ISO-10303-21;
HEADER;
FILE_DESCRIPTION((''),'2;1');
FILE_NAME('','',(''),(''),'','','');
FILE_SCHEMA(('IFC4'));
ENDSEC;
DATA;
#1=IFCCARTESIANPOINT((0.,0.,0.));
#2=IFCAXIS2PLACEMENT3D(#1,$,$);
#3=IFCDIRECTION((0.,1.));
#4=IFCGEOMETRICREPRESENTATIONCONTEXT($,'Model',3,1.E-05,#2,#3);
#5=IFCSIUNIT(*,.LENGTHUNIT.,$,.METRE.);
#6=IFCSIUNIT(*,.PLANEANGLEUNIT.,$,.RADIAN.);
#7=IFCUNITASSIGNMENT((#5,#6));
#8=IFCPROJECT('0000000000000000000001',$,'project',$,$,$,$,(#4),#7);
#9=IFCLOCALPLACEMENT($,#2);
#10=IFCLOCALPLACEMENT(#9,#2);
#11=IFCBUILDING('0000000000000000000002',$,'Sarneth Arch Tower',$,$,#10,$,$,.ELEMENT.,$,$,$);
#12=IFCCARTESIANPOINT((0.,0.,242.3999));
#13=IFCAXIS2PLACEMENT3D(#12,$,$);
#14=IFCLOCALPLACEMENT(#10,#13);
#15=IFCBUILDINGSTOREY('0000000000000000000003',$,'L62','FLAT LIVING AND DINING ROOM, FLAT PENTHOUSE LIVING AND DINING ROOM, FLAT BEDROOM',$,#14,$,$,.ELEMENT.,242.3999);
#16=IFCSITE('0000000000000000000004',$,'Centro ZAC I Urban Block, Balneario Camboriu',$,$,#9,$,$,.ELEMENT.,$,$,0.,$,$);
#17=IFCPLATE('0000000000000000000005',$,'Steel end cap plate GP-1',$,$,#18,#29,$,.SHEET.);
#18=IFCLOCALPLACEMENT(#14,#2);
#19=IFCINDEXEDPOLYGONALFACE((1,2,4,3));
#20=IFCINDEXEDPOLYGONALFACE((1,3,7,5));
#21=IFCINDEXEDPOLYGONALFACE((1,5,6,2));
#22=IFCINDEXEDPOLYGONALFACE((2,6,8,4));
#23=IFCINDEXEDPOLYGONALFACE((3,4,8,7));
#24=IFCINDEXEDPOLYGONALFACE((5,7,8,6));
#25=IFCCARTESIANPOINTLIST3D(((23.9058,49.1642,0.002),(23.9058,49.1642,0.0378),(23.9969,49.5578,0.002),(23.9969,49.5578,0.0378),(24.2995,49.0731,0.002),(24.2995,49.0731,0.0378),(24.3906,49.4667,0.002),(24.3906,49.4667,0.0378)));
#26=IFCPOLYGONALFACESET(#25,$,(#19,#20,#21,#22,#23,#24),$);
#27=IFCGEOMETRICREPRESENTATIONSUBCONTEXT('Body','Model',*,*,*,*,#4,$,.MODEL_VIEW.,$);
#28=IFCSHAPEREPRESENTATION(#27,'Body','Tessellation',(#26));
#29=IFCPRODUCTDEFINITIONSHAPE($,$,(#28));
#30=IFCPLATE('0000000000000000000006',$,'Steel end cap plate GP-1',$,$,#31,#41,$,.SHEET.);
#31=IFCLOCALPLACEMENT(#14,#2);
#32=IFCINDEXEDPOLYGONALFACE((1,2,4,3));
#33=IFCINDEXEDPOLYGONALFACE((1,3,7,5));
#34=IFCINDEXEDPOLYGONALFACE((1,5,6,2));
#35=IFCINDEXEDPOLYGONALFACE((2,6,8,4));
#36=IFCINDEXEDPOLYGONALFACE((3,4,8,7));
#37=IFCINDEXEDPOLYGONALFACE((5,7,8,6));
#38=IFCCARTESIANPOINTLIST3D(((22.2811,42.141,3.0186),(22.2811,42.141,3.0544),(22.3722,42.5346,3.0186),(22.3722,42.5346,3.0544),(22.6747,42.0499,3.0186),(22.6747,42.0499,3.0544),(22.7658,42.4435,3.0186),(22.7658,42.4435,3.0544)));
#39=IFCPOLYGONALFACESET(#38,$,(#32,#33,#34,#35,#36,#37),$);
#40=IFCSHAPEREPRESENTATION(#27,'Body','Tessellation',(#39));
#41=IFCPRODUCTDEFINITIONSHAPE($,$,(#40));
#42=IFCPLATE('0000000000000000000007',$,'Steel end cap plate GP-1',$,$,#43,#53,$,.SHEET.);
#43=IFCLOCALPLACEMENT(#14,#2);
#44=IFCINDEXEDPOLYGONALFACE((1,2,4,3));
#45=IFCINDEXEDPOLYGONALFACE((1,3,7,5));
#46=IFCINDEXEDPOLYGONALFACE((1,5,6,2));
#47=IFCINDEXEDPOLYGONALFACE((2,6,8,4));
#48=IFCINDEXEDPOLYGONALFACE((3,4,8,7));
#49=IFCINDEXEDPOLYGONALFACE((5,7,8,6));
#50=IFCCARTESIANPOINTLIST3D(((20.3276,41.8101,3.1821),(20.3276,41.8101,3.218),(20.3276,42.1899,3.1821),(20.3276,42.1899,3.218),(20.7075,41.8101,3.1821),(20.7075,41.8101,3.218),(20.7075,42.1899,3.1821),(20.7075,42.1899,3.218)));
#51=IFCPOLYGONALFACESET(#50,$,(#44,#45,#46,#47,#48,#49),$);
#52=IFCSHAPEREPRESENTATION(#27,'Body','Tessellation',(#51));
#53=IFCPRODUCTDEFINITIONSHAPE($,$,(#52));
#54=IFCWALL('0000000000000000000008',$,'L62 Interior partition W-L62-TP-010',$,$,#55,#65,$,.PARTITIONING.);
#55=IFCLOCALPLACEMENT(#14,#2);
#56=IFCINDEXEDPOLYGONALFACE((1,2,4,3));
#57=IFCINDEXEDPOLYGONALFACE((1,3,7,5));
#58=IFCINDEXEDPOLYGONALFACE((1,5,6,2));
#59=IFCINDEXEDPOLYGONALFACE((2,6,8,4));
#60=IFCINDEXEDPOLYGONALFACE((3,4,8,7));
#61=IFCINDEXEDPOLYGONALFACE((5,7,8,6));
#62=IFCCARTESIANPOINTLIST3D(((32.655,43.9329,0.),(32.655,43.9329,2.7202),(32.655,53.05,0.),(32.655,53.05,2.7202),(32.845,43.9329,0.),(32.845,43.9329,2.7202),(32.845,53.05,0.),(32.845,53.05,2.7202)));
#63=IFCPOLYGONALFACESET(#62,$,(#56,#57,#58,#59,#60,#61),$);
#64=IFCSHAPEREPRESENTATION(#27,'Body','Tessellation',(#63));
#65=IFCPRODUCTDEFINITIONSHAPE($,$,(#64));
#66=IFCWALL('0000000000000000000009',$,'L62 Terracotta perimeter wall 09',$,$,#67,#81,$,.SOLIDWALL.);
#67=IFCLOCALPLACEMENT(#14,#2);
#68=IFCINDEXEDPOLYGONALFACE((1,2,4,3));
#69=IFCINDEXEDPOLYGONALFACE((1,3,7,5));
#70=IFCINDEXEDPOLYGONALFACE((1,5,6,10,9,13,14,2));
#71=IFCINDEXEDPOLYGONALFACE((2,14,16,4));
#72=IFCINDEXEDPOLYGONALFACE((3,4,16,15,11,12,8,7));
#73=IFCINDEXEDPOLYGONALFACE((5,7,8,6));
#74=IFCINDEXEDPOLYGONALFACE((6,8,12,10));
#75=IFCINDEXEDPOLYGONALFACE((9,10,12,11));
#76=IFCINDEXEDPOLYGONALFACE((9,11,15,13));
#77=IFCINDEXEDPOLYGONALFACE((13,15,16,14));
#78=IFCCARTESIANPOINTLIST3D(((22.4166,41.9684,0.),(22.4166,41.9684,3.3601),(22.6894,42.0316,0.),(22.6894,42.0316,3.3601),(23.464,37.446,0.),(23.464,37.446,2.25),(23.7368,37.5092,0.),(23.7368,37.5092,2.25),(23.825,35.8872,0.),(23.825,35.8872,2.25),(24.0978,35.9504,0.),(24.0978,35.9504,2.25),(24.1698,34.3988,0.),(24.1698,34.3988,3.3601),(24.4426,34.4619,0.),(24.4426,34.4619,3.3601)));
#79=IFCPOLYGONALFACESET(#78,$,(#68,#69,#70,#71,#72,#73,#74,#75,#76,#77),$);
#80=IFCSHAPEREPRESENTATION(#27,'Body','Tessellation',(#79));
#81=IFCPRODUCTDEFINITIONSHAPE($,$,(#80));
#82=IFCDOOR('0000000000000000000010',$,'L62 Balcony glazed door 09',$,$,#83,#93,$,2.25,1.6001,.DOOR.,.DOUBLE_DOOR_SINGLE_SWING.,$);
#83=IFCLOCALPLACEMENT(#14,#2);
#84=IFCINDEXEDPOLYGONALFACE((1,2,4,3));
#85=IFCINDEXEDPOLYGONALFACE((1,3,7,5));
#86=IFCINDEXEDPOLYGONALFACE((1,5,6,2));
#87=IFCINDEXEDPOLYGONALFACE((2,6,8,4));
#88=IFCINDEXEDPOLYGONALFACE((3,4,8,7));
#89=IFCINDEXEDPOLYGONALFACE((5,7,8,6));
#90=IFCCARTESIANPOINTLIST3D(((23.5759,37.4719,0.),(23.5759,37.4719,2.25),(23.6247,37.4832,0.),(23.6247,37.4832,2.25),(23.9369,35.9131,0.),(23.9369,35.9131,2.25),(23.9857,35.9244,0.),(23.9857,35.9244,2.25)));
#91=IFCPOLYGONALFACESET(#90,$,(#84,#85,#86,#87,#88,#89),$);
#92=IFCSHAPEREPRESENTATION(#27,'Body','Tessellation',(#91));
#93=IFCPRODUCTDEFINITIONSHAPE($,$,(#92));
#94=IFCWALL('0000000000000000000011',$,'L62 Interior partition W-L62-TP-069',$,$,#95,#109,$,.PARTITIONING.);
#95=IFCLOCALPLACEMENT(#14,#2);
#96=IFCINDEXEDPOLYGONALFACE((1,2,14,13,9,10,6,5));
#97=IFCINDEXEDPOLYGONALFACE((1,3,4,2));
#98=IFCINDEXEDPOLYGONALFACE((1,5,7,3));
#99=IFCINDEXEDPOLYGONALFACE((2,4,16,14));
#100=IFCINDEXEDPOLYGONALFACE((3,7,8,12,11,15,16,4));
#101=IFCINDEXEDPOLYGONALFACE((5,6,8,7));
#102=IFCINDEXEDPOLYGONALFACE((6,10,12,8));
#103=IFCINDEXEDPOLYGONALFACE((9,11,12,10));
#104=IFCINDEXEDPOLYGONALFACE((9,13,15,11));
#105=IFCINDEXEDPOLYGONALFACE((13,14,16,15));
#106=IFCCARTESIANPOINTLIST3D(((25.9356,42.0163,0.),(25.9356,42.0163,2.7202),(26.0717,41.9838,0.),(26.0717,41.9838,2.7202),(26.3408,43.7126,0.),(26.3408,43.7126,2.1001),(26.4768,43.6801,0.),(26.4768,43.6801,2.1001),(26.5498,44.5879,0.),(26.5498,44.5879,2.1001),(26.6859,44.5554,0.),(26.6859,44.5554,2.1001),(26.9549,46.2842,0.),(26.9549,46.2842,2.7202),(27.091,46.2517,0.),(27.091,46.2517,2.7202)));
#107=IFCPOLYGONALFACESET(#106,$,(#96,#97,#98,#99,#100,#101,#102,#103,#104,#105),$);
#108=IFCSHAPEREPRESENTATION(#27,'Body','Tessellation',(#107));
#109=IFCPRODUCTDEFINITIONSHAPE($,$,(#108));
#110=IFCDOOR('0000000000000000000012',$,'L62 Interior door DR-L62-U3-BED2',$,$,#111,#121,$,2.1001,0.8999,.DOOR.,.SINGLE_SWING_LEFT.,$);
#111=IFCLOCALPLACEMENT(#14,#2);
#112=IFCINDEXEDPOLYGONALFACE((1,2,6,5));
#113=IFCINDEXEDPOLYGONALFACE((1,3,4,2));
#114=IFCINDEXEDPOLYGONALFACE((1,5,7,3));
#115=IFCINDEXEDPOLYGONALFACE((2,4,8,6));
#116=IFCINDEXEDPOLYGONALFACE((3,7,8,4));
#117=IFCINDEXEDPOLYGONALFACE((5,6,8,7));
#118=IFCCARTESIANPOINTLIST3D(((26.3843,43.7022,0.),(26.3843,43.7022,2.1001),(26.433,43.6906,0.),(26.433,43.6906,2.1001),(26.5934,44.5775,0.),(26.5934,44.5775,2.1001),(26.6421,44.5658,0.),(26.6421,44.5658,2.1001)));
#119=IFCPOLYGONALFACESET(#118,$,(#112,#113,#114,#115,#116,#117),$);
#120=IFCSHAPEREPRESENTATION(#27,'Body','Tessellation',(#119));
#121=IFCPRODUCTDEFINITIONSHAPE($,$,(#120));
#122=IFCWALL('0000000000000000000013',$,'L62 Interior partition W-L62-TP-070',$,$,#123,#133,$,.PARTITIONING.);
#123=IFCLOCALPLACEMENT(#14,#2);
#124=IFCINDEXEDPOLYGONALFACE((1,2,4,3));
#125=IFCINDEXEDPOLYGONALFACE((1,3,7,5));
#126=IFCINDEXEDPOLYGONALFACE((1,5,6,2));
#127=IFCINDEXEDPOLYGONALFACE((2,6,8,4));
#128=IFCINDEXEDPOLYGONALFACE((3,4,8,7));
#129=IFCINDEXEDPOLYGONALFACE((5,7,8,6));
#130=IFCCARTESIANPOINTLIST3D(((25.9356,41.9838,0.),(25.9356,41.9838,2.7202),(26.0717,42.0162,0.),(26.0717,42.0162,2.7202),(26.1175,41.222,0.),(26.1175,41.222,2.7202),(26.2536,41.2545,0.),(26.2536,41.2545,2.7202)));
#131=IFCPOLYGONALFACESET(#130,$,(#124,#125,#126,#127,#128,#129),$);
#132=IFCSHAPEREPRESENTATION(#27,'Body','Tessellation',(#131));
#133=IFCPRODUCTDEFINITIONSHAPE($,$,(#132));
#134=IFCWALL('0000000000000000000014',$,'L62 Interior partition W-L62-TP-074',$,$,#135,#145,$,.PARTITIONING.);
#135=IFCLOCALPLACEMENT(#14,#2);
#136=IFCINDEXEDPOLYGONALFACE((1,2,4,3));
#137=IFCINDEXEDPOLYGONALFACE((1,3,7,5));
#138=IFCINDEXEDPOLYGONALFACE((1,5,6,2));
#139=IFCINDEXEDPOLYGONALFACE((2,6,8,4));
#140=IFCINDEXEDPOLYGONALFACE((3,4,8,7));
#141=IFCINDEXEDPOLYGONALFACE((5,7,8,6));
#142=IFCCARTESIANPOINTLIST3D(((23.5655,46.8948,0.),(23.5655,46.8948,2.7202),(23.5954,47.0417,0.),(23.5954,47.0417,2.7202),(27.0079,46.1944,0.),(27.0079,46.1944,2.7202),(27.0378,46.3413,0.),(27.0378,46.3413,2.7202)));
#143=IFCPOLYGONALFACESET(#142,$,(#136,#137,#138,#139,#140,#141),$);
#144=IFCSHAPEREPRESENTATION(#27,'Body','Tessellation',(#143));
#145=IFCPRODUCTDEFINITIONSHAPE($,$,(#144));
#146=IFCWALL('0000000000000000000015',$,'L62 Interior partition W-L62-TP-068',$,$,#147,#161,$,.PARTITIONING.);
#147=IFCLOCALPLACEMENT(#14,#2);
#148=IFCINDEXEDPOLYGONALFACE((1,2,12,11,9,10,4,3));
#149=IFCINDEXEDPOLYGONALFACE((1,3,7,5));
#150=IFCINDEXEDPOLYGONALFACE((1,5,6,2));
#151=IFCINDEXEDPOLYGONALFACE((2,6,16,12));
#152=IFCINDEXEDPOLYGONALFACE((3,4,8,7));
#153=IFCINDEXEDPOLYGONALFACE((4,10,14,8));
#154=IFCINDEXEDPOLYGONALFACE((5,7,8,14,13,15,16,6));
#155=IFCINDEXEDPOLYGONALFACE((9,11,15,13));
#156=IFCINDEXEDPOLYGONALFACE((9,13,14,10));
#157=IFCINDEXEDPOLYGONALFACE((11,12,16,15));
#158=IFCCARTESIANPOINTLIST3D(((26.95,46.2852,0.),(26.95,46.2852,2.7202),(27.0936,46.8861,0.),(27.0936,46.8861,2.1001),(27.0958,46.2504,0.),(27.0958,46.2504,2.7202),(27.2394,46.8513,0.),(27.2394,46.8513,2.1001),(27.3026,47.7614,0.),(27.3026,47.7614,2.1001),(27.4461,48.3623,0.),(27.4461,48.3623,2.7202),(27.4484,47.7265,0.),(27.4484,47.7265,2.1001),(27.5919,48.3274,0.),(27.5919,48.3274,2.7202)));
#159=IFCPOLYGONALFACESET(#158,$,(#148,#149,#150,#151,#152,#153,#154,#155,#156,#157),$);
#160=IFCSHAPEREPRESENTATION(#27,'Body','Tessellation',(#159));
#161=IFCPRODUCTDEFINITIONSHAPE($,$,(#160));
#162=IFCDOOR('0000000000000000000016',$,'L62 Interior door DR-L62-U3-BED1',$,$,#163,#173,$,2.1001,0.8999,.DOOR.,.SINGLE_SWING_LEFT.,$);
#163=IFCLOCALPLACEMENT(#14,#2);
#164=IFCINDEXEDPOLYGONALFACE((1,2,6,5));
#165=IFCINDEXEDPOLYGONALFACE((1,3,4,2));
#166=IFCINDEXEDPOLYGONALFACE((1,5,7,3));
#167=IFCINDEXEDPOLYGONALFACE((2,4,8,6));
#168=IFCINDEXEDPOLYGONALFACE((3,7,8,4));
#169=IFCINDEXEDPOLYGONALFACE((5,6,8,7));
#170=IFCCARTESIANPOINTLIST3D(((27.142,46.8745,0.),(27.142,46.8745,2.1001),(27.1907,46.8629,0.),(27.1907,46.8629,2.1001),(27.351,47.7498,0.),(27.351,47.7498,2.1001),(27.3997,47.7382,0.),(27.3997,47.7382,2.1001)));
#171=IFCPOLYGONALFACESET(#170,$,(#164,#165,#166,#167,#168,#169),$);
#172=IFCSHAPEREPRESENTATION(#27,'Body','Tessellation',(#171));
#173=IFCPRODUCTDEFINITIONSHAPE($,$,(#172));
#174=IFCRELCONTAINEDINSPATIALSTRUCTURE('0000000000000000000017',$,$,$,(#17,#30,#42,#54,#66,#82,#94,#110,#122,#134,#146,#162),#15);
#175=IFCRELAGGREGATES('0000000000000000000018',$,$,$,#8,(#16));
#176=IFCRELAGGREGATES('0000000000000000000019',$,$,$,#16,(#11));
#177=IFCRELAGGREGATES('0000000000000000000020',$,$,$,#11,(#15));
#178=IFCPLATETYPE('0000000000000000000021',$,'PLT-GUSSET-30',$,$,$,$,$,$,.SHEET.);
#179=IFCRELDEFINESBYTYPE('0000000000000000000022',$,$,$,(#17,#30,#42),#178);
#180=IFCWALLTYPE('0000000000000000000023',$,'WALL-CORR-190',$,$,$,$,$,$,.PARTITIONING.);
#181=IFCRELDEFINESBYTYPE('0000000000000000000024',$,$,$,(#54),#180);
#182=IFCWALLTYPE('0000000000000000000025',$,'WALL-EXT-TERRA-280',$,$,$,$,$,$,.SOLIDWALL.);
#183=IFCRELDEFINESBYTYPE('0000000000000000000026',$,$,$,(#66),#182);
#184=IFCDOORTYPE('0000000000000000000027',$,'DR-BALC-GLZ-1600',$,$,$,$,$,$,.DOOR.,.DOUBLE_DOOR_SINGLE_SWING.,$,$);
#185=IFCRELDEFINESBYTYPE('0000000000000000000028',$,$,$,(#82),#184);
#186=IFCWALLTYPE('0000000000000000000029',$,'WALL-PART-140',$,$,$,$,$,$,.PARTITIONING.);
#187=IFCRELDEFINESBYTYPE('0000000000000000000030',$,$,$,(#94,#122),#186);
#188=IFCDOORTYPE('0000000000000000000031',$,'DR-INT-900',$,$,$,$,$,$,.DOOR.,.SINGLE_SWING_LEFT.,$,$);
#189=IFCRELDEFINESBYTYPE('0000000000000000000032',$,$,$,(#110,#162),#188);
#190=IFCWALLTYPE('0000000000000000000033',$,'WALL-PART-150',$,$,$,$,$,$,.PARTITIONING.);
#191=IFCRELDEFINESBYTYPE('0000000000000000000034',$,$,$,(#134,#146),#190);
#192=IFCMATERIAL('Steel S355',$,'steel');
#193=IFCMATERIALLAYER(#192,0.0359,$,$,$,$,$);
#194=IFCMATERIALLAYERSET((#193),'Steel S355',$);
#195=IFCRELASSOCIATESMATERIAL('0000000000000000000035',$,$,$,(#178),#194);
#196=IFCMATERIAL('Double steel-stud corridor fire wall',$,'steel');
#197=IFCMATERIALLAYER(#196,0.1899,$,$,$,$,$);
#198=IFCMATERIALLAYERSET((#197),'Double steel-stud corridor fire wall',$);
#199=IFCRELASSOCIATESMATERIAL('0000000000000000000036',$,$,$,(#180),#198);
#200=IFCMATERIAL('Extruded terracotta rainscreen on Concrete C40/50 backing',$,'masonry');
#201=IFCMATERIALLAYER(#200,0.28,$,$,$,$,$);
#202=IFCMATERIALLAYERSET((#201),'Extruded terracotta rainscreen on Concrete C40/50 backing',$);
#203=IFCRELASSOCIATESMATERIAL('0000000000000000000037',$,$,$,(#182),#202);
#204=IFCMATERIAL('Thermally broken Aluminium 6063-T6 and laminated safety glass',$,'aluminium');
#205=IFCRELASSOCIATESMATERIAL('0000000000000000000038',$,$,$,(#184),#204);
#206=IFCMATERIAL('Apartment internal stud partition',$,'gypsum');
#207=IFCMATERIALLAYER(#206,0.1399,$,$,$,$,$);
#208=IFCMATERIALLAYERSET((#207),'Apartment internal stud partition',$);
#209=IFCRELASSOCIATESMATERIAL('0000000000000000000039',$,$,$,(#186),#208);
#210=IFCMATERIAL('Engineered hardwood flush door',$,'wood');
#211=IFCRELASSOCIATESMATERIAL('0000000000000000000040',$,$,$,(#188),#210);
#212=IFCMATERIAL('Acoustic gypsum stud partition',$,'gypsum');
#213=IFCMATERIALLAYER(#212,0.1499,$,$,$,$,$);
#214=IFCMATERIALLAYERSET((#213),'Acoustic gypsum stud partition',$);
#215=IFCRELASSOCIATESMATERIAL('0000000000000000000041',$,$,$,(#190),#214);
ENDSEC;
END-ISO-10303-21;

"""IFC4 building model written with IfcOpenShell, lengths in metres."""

from ifc_helpers import new_model, si_unit, direction, frame, frame_2d, origin, origin_2d, place, context, subcontext, project, spatial, rectangle, extrude, material, layer, layer_set, type_object, element, fill, save


model = new_model("IFC4")

# Units and contexts
model_context = context("Model", 3, precision=1e-05, world=origin(), true_north=direction((0.0, 1.0)))
body_context = subcontext(model_context, "Body", "Model", "MODEL_VIEW")
ifc_project = project(units=[si_unit("LENGTHUNIT", "METRE"), si_unit("PLANEANGLEUNIT", "RADIAN")], contexts=[model_context])

# Site, building, storey
site_placement = place(None, origin())
site = spatial("IfcSite", under=ifc_project, at=site_placement, Name="Centro ZAC I Urban Block, Balneario Camboriu", CompositionType="ELEMENT", RefElevation=0.0)
building_placement = place(site_placement, origin())
building = spatial("IfcBuilding", under=site, at=building_placement, Name="Sarneth Arch Tower", CompositionType="ELEMENT")
storey_placement = place(building_placement, frame((0.0, 0.0, 242.3999)))
storey = spatial("IfcBuildingStorey", under=building, at=storey_placement, Name="L62", Description="FLAT LIVING AND DINING ROOM, FLAT PENTHOUSE LIVING AND DINING ROOM, FLAT BEDROOM", CompositionType="ELEMENT", Elevation=242.3999)

# Plates
ifc_material_1 = material(Name="Steel S355", Category="steel")
ifc_layer_1 = layer(ifc_material_1, 0.0359)
ifc_layer_set_1 = layer_set([ifc_layer_1], Name="Steel S355")
plate_type = type_object("IfcPlateType", Name="PLT-GUSSET-30", PredefinedType="SHEET", material=ifc_layer_set_1)
for number, where, z_axis, x_axis, name in (
    (1, (24.1482, 49.3154, 0.002), (0.0, 0.0, 1.0), (-0.225461, -0.974252, 0.0), "Steel end cap plate GP-1"),
    (2, (22.5234, 42.2922, 3.0186), (0.0, 0.0, 1.0), (-0.225461, -0.974252, 0.0), "Steel end cap plate GP-1"),
):
    element("IfcPlate", number, at=place(storey_placement, frame(where, z_axis=z_axis, x_axis=x_axis)), inside=storey, type_object=plate_type, Name=name, PredefinedType="SHEET", context=body_context, shape_type="SweptSolid", body=[
        extrude(rectangle(XDim=0.4041, YDim=0.4041, at=origin_2d()), origin(), (0.0, 0.0, 1.0), 0.0359),
    ])
plate_placement = place(storey_placement, frame((20.5176, 42.0, 3.1821), z_axis=(0.0, 0.0, 1.0), x_axis=(-1.0, 0.0, 0.0)))
element("IfcPlate", 3, at=plate_placement, inside=storey, type_object=plate_type, Name="Steel end cap plate GP-1", PredefinedType="SHEET", context=body_context, shape_type="SweptSolid", body=[
    extrude(rectangle(XDim=0.3799, YDim=0.3799, at=origin_2d()), origin(), (0.0, 0.0, 1.0), 0.0359),
])

# Wall
ifc_material_2 = material(Name="Double steel-stud corridor fire wall", Category="steel")
ifc_layer_2 = layer(ifc_material_2, 0.1899)
ifc_layer_set_2 = layer_set([ifc_layer_2], Name="Double steel-stud corridor fire wall")
wall_type_1 = type_object("IfcWallType", Name="WALL-CORR-190", PredefinedType="PARTITIONING", material=ifc_layer_set_2)
wall_1_placement = place(storey_placement, frame((32.75, 43.9329, 0.0), z_axis=(0.0, 0.0, 1.0), x_axis=(0.0, 1.0, 0.0)))
element("IfcWall", 4, at=wall_1_placement, inside=storey, type_object=wall_type_1, Name="L62 Interior partition W-L62-TP-010", PredefinedType="PARTITIONING", context=body_context, shape_type="SweptSolid", body=[
    extrude(rectangle(XDim=9.1172, YDim=0.1899, at=frame_2d((4.5586, 0.0))), origin(), (0.0, 0.0, 1.0), 2.7202),
])

# Walls, openings, doors
ifc_material_3 = material(Name="Extruded terracotta rainscreen on Concrete C40/50 backing", Category="masonry")
ifc_layer_3 = layer(ifc_material_3, 0.28)
ifc_layer_set_3 = layer_set([ifc_layer_3], Name="Extruded terracotta rainscreen on Concrete C40/50 backing")
wall_type_2 = type_object("IfcWallType", Name="WALL-EXT-TERRA-280", PredefinedType="SOLIDWALL", material=ifc_layer_set_3)
wall_2_placement = place(storey_placement, frame((22.553, 42.0, 0.0), z_axis=(0.0, 0.0, 1.0), x_axis=(0.225635, -0.974212, 0.0)))
wall_2 = element("IfcWall", 5, at=wall_2_placement, inside=storey, type_object=wall_type_2, Name="L62 Terracotta perimeter wall 09", PredefinedType="SOLIDWALL", context=body_context, shape_type="SweptSolid", body=[
    extrude(rectangle(XDim=7.77, YDim=0.28, at=frame_2d((3.885, 0.0))), origin(), (0.0, 0.0, 1.0), 3.3601),
])
opening_1_placement = place(wall_2_placement, frame((4.6421, 0.0, 0.0)))
opening_1 = element("IfcOpeningElement", 6, at=opening_1_placement, cuts=wall_2, PredefinedType="OPENING", context=body_context, shape_type="SweptSolid", body=[
    extrude(rectangle(XDim=1.6001, YDim=2.25, at=frame_2d((0.8, 1.125))), frame((0.0, 0.1499, 0.0), z_axis=(0.0, -1.0, 0.0), x_axis=(1.0, 0.0, 0.0)), (0.0, 0.0, 1.0), 0.3),
])
ifc_material_4 = material(Name="Thermally broken Aluminium 6063-T6 and laminated safety glass", Category="aluminium")
door_type_1 = type_object("IfcDoorType", Name="DR-BALC-GLZ-1600", OperationType="DOUBLE_DOOR_SINGLE_SWING", PredefinedType="DOOR", material=ifc_material_4)
door_1_placement = place(opening_1_placement, origin())
door_1 = element("IfcDoor", 7, at=door_1_placement, inside=storey, type_object=door_type_1, Name="L62 Balcony glazed door 09", OperationType="DOUBLE_DOOR_SINGLE_SWING", OverallHeight=2.25, OverallWidth=1.6001, PredefinedType="DOOR", context=body_context, shape_type="SweptSolid", body=[
    extrude(rectangle(XDim=1.6001, YDim=2.25, at=frame_2d((0.8, 1.125))), frame((0.0, 0.0249, 0.0), z_axis=(0.0, -1.0, 0.0), x_axis=(1.0, 0.0, 0.0)), (0.0, 0.0, 1.0), 0.05),
])
fill(opening_1, door_1)
ifc_material_5 = material(Name="Apartment internal stud partition", Category="gypsum")
ifc_layer_4 = layer(ifc_material_5, 0.1399)
ifc_layer_set_4 = layer_set([ifc_layer_4], Name="Apartment internal stud partition")
wall_type_3 = type_object("IfcWallType", Name="WALL-PART-140", PredefinedType="PARTITIONING", material=ifc_layer_set_4)
wall_3_placement = place(storey_placement, frame((27.0229, 46.2678, 0.0), z_axis=(0.0, 0.0, 1.0), x_axis=(-0.232297, -0.972645, 0.0)))
wall_3 = element("IfcWall", 8, at=wall_3_placement, inside=storey, type_object=wall_type_3, Name="L62 Interior partition W-L62-TP-069", PredefinedType="PARTITIONING", context=body_context, shape_type="SweptSolid", body=[
    extrude(rectangle(XDim=4.3879, YDim=0.1399, at=frame_2d((2.1938, 0.0))), origin(), (0.0, 0.0, 1.0), 2.7202),
])
opening_2_placement = place(wall_3_placement, frame((1.7439, 0.0, 0.0)))
opening_2 = element("IfcOpeningElement", 9, at=opening_2_placement, cuts=wall_3, PredefinedType="OPENING", context=body_context, shape_type="SweptSolid", body=[
    extrude(rectangle(XDim=0.8999, YDim=2.1001, at=frame_2d((0.45, 1.05))), frame((0.0, 0.0798, 0.0), z_axis=(0.0, -1.0, 0.0), x_axis=(1.0, 0.0, 0.0)), (0.0, 0.0, 1.0), 0.1599),
])
ifc_material_6 = material(Name="Engineered hardwood flush door", Category="wood")
door_type_2 = type_object("IfcDoorType", Name="DR-INT-900", OperationType="SINGLE_SWING_LEFT", PredefinedType="DOOR", material=ifc_material_6)
door_2_placement = place(opening_2_placement, origin())
door_2 = element("IfcDoor", 10, at=door_2_placement, inside=storey, type_object=door_type_2, Name="L62 Interior door DR-L62-U3-BED2", OperationType="SINGLE_SWING_LEFT", OverallHeight=2.1001, OverallWidth=0.8999, PredefinedType="DOOR", context=body_context, shape_type="SweptSolid", body=[
    extrude(rectangle(XDim=0.8999, YDim=2.1001, at=frame_2d((0.45, 1.05))), frame((0.0, 0.0249, 0.0), z_axis=(0.0, -1.0, 0.0), x_axis=(1.0, 0.0, 0.0)), (0.0, 0.0, 1.0), 0.05),
])
fill(opening_2, door_2)

# Walls
wall_4_placement = place(storey_placement, frame((26.0037, 42.0, 0.0), z_axis=(0.0, 0.0, 1.0), x_axis=(0.232253, -0.972655, 0.0)))
element("IfcWall", 11, at=wall_4_placement, inside=storey, type_object=wall_type_3, Name="L62 Interior partition W-L62-TP-070", PredefinedType="PARTITIONING", context=body_context, shape_type="SweptSolid", body=[
    extrude(rectangle(XDim=0.7832, YDim=0.1399, at=frame_2d((0.3916, 0.0))), origin(), (0.0, 0.0, 1.0), 2.7202),
])
ifc_material_7 = material(Name="Acoustic gypsum stud partition", Category="gypsum")
ifc_layer_5 = layer(ifc_material_7, 0.1499)
ifc_layer_set_5 = layer_set([ifc_layer_5], Name="Acoustic gypsum stud partition")
wall_type_4 = type_object("IfcWallType", Name="WALL-PART-150", PredefinedType="PARTITIONING", material=ifc_layer_set_5)
wall_5_placement = place(storey_placement, frame((23.5806, 46.9683, 0.0), z_axis=(0.0, 0.0, 1.0), x_axis=(0.97992, -0.199389, 0.0)))
element("IfcWall", 12, at=wall_5_placement, inside=storey, type_object=wall_type_4, Name="L62 Interior partition W-L62-TP-074", PredefinedType="PARTITIONING", context=body_context, shape_type="SweptSolid", body=[
    extrude(rectangle(XDim=3.5129, YDim=0.1499, at=frame_2d((1.7563, 0.0))), origin(), (0.0, 0.0, 1.0), 2.7202),
])

# Wall, opening, door
wall_6_placement = place(storey_placement, frame((27.519, 48.345, 0.0), z_axis=(0.0, 0.0, 1.0), x_axis=(-0.232301, -0.972644, 0.0)))
wall_6 = element("IfcWall", 13, at=wall_6_placement, inside=storey, type_object=wall_type_4, Name="L62 Interior partition W-L62-TP-068", PredefinedType="PARTITIONING", context=body_context, shape_type="SweptSolid", body=[
    extrude(rectangle(XDim=2.1355, YDim=0.1499, at=frame_2d((1.0679, 0.0))), origin(), (0.0, 0.0, 1.0), 2.7202),
])
opening_3_placement = place(wall_6_placement, frame((0.6179, 0.0, 0.0)))
opening_3 = element("IfcOpeningElement", 14, at=opening_3_placement, cuts=wall_6, PredefinedType="OPENING", context=body_context, shape_type="SweptSolid", body=[
    extrude(rectangle(XDim=0.8999, YDim=2.1001, at=frame_2d((0.45, 1.05))), frame((0.0, 0.085, 0.0), z_axis=(0.0, -1.0, 0.0), x_axis=(1.0, 0.0, 0.0)), (0.0, 0.0, 1.0), 0.1699),
])
door_3_placement = place(opening_3_placement, origin())
door_3 = element("IfcDoor", 15, at=door_3_placement, inside=storey, type_object=door_type_2, Name="L62 Interior door DR-L62-U3-BED1", OperationType="SINGLE_SWING_LEFT", OverallHeight=2.1001, OverallWidth=0.8999, PredefinedType="DOOR", context=body_context, shape_type="SweptSolid", body=[
    extrude(rectangle(XDim=0.8999, YDim=2.1001, at=frame_2d((0.45, 1.05))), frame((0.0, 0.0249, 0.0), z_axis=(0.0, -1.0, 0.0), x_axis=(1.0, 0.0, 0.0)), (0.0, 0.0, 1.0), 0.05),
])
fill(opening_3, door_3)

save(model, "model.ifc")
